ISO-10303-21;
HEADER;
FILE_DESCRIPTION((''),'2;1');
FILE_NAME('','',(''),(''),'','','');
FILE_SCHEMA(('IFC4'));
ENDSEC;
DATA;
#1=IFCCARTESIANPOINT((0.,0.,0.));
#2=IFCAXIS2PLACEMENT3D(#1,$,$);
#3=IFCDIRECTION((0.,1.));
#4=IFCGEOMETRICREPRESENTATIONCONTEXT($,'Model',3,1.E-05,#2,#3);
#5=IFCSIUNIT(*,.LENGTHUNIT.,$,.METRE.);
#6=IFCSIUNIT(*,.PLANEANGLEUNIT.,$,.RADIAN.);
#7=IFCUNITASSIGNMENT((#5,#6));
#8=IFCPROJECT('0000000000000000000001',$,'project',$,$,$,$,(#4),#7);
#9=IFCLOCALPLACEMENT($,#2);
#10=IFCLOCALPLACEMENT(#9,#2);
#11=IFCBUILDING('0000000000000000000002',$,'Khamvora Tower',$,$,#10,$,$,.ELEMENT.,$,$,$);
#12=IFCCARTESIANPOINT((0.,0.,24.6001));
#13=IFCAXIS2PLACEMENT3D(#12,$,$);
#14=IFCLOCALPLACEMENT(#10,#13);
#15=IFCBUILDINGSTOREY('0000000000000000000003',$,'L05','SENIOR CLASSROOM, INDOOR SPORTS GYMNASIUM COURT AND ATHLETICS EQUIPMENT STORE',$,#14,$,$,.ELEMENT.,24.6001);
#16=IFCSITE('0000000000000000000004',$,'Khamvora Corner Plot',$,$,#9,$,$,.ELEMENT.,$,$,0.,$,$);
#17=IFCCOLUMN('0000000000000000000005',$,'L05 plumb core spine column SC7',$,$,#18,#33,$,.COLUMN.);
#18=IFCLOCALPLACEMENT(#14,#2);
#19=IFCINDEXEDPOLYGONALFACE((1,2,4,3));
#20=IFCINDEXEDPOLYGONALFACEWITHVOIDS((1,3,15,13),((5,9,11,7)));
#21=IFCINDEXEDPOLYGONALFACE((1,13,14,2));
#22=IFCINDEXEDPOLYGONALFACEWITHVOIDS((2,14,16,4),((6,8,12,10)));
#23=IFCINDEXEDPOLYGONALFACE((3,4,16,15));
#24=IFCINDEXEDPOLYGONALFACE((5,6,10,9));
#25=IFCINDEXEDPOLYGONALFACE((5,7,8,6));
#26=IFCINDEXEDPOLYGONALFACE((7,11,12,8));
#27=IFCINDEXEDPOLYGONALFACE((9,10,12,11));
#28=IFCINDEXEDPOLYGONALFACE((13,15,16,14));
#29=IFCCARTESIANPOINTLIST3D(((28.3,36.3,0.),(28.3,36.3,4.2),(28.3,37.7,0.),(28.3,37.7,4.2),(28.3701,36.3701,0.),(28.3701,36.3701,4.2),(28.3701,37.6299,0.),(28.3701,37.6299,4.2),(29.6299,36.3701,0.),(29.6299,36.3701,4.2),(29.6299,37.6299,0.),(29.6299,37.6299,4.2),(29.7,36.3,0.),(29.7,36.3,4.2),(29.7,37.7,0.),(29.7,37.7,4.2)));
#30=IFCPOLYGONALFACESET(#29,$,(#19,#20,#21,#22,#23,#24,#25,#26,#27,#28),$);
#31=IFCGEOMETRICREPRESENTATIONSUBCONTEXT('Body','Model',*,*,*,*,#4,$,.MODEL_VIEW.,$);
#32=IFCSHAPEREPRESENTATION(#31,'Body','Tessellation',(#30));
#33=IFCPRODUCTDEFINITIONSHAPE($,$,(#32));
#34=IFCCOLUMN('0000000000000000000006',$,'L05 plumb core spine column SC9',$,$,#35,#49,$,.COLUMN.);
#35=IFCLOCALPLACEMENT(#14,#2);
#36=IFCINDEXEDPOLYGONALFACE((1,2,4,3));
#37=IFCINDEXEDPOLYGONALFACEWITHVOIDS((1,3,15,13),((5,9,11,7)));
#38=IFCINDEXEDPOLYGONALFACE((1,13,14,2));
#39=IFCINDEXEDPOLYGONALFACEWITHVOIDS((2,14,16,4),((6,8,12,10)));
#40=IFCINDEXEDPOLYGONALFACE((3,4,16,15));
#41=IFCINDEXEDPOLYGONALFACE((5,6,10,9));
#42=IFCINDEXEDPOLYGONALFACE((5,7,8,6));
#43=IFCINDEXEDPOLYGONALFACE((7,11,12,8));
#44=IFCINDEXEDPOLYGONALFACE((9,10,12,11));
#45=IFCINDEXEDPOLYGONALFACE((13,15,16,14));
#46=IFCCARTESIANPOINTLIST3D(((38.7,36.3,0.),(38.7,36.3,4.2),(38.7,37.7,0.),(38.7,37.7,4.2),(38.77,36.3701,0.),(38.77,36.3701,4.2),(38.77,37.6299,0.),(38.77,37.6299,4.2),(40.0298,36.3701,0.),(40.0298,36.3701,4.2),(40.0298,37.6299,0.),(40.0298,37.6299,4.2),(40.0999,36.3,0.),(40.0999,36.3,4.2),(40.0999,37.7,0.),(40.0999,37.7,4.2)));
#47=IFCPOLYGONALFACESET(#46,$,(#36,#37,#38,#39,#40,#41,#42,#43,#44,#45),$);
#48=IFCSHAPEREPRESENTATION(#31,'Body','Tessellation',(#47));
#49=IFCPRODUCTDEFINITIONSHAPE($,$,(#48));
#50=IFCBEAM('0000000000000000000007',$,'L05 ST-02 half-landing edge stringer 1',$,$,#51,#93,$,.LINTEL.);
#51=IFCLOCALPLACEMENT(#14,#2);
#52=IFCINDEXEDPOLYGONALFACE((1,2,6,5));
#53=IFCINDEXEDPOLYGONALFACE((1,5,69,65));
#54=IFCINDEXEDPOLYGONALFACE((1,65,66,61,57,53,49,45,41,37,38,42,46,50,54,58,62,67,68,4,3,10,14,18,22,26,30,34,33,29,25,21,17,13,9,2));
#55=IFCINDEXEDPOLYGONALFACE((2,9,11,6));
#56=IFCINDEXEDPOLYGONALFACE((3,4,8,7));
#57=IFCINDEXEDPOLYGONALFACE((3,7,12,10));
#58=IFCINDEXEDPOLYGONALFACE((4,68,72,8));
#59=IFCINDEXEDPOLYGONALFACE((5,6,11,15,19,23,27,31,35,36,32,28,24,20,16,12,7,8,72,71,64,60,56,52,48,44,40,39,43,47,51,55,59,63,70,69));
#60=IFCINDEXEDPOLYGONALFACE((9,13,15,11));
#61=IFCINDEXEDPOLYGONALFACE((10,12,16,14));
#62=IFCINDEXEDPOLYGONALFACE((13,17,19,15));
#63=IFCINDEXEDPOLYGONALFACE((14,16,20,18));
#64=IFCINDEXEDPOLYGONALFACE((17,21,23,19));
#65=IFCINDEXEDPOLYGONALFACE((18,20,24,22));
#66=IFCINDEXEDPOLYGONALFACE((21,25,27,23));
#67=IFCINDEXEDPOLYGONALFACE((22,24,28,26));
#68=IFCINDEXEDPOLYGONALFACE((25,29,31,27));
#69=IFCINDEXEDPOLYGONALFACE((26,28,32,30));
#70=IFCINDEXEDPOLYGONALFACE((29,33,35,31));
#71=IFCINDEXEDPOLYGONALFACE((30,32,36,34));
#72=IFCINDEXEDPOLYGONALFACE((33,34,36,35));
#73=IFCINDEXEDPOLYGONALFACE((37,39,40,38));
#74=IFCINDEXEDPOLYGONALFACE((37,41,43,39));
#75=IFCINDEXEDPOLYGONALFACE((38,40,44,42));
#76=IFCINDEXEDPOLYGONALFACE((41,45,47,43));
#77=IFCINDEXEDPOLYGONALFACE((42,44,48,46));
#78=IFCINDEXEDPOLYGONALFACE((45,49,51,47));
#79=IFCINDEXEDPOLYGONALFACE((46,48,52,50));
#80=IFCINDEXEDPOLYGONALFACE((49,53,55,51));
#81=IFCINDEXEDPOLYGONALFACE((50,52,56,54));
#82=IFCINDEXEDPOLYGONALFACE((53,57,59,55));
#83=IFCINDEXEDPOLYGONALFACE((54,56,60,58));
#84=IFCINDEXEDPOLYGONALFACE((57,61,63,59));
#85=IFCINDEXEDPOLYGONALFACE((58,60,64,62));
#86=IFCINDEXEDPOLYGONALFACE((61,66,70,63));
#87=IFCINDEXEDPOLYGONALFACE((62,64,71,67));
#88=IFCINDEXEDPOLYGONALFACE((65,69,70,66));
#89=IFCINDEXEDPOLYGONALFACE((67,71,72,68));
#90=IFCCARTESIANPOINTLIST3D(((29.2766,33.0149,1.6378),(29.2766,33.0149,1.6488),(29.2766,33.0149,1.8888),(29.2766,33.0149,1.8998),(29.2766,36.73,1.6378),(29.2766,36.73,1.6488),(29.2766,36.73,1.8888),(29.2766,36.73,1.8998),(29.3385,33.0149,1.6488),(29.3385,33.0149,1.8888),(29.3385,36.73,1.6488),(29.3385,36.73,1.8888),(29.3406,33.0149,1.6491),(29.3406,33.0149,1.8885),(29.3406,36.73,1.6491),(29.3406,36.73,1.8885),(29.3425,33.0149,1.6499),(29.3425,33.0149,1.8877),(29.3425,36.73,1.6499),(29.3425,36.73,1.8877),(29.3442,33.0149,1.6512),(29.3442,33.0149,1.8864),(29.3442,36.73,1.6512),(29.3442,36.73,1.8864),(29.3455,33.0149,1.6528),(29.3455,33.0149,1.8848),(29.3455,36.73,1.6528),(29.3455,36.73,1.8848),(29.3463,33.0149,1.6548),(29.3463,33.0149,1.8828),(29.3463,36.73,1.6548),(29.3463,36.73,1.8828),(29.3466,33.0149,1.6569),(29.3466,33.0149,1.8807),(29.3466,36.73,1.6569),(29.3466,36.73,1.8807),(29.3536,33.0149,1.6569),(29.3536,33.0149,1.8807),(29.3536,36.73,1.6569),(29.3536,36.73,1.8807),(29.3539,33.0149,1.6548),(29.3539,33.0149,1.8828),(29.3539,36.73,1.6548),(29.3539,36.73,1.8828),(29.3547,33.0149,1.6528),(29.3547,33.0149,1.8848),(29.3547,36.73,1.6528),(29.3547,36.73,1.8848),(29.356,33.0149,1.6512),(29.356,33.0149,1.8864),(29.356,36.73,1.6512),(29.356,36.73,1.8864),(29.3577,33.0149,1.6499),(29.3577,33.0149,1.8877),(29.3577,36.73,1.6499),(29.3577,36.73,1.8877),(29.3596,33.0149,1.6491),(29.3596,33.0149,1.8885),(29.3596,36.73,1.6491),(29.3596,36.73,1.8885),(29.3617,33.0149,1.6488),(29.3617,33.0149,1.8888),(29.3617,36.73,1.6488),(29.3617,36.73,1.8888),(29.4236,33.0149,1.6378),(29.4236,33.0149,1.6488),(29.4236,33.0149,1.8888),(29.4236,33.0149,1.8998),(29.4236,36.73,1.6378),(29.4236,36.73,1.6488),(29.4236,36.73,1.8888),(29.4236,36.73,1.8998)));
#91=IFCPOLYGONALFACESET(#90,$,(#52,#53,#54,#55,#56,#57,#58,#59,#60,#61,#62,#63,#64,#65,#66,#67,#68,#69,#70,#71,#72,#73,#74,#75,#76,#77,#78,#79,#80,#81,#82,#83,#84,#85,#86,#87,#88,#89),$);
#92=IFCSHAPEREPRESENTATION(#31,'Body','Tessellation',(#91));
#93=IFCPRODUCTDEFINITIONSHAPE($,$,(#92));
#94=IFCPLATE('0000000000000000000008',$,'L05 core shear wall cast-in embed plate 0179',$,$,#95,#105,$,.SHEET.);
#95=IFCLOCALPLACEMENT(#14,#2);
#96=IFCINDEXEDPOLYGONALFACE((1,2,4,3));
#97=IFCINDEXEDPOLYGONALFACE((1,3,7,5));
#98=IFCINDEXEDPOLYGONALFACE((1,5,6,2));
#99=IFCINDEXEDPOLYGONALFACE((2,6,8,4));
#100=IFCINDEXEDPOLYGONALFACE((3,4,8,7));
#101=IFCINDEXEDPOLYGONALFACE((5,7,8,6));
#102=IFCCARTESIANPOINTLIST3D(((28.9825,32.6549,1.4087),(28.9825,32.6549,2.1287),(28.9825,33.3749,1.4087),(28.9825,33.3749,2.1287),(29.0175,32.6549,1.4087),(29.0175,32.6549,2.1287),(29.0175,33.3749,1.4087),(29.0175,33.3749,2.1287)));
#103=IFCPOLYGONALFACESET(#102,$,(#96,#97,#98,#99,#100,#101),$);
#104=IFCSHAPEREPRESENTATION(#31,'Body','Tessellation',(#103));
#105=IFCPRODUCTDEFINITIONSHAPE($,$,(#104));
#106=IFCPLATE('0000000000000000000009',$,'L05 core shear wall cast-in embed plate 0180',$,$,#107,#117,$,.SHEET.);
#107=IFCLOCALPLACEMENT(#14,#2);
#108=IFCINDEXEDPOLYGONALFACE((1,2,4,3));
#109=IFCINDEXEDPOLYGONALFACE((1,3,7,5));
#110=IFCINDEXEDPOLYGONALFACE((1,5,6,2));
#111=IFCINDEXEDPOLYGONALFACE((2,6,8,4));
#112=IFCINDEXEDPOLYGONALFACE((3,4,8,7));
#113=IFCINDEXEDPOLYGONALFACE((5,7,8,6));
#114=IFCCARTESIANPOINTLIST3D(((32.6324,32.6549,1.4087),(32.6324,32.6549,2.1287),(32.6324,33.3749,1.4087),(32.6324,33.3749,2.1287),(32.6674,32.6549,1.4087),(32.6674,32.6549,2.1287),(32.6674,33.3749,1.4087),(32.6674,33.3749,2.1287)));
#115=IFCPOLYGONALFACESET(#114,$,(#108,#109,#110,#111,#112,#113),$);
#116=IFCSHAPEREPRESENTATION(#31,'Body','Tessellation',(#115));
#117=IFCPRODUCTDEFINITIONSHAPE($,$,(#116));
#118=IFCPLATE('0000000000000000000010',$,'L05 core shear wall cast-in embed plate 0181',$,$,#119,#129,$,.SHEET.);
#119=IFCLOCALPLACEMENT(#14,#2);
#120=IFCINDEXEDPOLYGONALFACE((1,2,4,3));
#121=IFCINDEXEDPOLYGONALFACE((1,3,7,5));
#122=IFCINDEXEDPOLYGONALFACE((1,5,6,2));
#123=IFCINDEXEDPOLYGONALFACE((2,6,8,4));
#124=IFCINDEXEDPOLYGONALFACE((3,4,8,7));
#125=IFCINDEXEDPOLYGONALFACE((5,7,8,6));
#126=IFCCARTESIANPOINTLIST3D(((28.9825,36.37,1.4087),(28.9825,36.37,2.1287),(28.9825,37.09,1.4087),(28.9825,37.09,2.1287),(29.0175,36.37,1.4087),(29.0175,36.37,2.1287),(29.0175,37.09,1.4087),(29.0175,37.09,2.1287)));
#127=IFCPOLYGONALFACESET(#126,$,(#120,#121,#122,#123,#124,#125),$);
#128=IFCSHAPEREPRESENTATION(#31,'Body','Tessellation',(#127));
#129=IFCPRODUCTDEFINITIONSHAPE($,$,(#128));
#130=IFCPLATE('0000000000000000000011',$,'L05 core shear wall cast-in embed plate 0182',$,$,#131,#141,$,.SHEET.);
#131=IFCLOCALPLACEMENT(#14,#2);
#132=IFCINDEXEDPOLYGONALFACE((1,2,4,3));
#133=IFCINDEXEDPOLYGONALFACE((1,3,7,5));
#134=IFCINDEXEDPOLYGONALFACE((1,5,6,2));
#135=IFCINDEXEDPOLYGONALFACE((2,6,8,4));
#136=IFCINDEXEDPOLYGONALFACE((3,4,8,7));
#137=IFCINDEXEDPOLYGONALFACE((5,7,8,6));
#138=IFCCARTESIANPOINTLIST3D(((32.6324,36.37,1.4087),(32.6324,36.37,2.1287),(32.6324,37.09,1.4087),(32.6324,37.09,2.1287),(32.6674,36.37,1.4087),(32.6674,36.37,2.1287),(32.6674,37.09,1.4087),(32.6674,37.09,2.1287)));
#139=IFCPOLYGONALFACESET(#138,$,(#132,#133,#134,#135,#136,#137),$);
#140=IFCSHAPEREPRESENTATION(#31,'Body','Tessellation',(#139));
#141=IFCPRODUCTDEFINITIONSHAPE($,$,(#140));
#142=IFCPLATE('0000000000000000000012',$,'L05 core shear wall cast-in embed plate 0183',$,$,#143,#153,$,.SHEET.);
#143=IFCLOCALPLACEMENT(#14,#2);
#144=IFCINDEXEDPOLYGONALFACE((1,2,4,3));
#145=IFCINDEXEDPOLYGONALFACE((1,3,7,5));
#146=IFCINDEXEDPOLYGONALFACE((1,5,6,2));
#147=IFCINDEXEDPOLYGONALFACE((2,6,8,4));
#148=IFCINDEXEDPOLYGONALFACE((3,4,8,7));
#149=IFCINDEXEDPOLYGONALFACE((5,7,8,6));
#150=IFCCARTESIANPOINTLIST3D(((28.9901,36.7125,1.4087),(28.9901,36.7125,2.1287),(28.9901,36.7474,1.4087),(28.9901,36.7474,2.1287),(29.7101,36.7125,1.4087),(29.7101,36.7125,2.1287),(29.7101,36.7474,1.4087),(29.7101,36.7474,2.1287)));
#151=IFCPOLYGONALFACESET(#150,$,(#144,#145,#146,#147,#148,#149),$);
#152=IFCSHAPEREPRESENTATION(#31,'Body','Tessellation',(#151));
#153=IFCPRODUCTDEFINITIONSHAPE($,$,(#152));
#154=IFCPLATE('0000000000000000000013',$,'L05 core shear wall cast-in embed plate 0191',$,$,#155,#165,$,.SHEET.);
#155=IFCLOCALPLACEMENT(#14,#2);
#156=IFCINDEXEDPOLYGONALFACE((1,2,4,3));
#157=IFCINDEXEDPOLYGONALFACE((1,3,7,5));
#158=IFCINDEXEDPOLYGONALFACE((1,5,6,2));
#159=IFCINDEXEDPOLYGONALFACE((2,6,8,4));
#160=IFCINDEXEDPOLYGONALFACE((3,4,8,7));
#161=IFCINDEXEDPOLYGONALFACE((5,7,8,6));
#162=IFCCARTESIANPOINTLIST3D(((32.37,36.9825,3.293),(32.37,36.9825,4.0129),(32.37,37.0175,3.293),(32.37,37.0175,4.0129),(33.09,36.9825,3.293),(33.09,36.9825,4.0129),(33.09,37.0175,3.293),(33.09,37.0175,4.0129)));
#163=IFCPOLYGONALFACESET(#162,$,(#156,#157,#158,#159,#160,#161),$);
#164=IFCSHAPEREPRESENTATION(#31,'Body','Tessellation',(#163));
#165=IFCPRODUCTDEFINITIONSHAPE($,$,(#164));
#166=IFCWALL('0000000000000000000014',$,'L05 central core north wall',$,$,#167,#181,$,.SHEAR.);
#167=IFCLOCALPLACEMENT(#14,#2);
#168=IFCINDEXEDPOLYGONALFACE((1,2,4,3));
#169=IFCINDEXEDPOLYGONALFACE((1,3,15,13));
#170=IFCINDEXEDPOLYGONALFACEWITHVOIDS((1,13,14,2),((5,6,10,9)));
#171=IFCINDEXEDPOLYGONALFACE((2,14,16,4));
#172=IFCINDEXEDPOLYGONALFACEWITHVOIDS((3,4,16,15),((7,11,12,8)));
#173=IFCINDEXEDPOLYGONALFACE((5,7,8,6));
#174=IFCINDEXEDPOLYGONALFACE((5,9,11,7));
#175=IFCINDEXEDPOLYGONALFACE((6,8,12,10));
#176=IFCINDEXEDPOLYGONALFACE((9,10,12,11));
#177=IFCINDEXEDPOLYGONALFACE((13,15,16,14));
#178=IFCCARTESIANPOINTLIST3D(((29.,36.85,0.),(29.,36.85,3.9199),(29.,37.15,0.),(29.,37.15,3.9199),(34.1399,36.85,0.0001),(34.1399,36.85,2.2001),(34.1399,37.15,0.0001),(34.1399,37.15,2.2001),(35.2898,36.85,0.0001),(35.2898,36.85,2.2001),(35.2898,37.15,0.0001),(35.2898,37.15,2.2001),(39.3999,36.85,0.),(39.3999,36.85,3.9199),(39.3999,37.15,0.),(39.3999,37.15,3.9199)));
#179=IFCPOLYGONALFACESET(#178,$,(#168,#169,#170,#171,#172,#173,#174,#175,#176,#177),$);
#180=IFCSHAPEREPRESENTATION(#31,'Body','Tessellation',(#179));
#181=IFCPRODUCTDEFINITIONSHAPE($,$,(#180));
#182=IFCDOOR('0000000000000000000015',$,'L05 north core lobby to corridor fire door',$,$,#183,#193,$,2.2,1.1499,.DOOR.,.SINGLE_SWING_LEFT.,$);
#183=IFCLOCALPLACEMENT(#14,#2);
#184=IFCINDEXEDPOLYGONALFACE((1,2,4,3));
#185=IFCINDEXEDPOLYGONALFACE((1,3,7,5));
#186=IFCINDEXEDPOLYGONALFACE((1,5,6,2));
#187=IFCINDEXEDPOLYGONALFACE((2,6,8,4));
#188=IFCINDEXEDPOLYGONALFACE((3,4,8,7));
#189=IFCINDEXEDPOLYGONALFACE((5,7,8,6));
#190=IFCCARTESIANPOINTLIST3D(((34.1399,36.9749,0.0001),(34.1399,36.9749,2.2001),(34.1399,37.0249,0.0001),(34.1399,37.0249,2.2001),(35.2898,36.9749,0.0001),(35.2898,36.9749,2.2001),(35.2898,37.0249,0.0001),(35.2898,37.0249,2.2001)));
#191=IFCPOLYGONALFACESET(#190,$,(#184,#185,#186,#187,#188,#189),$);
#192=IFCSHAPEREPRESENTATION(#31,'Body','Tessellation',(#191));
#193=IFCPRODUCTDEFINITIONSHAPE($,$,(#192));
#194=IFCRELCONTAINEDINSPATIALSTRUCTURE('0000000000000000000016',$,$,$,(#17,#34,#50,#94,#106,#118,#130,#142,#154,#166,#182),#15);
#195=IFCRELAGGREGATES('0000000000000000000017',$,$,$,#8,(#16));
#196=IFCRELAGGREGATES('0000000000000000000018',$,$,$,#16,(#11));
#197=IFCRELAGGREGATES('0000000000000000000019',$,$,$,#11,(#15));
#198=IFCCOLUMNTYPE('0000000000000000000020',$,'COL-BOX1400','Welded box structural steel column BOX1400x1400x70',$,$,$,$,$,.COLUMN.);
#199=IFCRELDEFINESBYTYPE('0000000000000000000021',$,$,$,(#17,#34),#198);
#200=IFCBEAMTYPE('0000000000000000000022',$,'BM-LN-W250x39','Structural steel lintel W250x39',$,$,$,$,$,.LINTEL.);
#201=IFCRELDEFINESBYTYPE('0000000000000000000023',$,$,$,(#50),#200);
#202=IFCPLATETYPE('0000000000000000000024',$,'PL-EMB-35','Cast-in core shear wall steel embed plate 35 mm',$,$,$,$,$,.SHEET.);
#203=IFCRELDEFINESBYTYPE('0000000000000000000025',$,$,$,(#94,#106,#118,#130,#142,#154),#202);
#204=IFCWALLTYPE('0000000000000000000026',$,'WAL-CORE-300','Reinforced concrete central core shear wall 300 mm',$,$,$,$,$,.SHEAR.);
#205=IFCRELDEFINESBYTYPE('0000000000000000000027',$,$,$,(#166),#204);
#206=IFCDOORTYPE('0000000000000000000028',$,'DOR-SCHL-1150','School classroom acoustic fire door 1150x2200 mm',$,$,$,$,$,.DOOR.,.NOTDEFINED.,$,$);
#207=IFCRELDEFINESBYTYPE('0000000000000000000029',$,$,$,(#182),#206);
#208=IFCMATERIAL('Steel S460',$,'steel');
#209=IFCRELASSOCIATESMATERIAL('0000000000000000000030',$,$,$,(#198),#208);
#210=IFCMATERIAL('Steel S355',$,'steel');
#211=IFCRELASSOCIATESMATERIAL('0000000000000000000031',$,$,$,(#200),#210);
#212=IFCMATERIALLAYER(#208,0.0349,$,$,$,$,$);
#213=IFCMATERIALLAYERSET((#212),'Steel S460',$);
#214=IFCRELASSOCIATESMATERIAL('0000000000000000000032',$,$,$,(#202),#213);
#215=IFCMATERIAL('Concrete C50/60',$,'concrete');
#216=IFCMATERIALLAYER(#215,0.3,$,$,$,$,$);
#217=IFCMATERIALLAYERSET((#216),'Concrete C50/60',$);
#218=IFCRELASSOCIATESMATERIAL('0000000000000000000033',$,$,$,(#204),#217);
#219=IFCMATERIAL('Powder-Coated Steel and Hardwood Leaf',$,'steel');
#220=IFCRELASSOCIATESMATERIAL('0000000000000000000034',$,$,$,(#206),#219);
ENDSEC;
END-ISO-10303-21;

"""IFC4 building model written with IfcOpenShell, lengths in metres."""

from ifc_helpers import new_model, si_unit, direction, frame, frame_2d, origin, origin_2d, place, context, subcontext, project, spatial, rectangle, hollow_rectangle, i_section, extrude, material, layer, layer_set, material_profile, profile_set, type_object, element, fill, save


model = new_model("IFC4")

# Units and contexts
model_context = context("Model", 3, precision=1e-05, world=origin(), true_north=direction((0.0, 1.0)))
body_context = subcontext(model_context, "Body", "Model", "MODEL_VIEW")
ifc_project = project(units=[si_unit("LENGTHUNIT", "METRE"), si_unit("PLANEANGLEUNIT", "RADIAN")], contexts=[model_context])

# Site, building, storey
site_placement = place(None, origin())
site = spatial("IfcSite", under=ifc_project, at=site_placement, Name="Khamvora Corner Plot", CompositionType="ELEMENT", RefElevation=0.0)
building_placement = place(site_placement, origin())
building = spatial("IfcBuilding", under=site, at=building_placement, Name="Khamvora Tower", CompositionType="ELEMENT")
storey_placement = place(building_placement, frame((0.0, 0.0, 24.6001)))
storey = spatial("IfcBuildingStorey", under=building, at=storey_placement, Name="L05", Description="SENIOR CLASSROOM, INDOOR SPORTS GYMNASIUM COURT AND ATHLETICS EQUIPMENT STORE", CompositionType="ELEMENT", Elevation=24.6001)

# Columns
ifc_material_1 = material(Name="Steel S460", Category="steel")
ifc_material_profile_1 = material_profile(ifc_material_1, hollow_rectangle(XDim=1.3999, YDim=1.3999, WallThickness=0.0701, at=origin_2d()), Name="BOX1400x1400x70")
ifc_profile_set_1 = profile_set([ifc_material_profile_1], Name="Steel S460")
column_type = type_object("IfcColumnType", Name="COL-BOX1400", Description="Welded box structural steel column BOX1400x1400x70", PredefinedType="COLUMN", material=ifc_profile_set_1)
for number, where, z_axis, x_axis, name in (
    (1, (29.0, 37.0, 0.0), (0.0, 0.0, 1.0), (1.0, 0.0, 0.0), "L05 plumb core spine column SC7"),
    (2, (39.3999, 37.0, 0.0), (0.0, 0.0, 1.0), (1.0, 0.0, 0.0), "L05 plumb core spine column SC9"),
):
    element("IfcColumn", number, at=place(storey_placement, frame(where, z_axis=z_axis, x_axis=x_axis)), inside=storey, type_object=column_type, Name=name, PredefinedType="COLUMN", context=body_context, shape_type="SweptSolid", body=[
        extrude(hollow_rectangle(XDim=1.3999, YDim=1.3999, WallThickness=0.0701, at=origin_2d()), origin(), (0.0, 0.0, 1.0), 4.2),
    ])

# Beam
ifc_material_2 = material(Name="Steel S355", Category="steel")
ifc_material_profile_2 = material_profile(ifc_material_2, i_section(OverallWidth=0.147, OverallDepth=0.262, WebThickness=0.0071, FlangeThickness=0.011, FilletRadius=0.0081, at=origin_2d()), Name="W250x39")
ifc_profile_set_2 = profile_set([ifc_material_profile_2], Name="Steel S355")
beam_type = type_object("IfcBeamType", Name="BM-LN-W250x39", Description="Structural steel lintel W250x39", PredefinedType="LINTEL", material=ifc_profile_set_2)
beam_placement = place(storey_placement, frame((29.3501, 33.0149, 1.7688), z_axis=(0.0, 1.0, 0.0), x_axis=(-1.0, 0.0, 0.0)))
element("IfcBeam", 3, at=beam_placement, inside=storey, type_object=beam_type, Name="L05 ST-02 half-landing edge stringer 1", PredefinedType="LINTEL", context=body_context, shape_type="SweptSolid", body=[
    extrude(i_section(OverallWidth=0.147, OverallDepth=0.262, WebThickness=0.0071, FlangeThickness=0.011, FilletRadius=0.0081, at=origin_2d()), origin(), (0.0, 0.0, 1.0), 3.7151),
])

# Plates
ifc_layer_1 = layer(ifc_material_1, 0.0349)
ifc_layer_set_1 = layer_set([ifc_layer_1], Name="Steel S460")
plate_type = type_object("IfcPlateType", Name="PL-EMB-35", Description="Cast-in core shear wall steel embed plate 35 mm", PredefinedType="SHEET", material=ifc_layer_set_1)
for number, where, z_axis, x_axis, name in (
    (4, (29.0, 33.0149, 1.4087), (0.0, 0.0, 1.0), (1.0, 0.0, 0.0), "L05 core shear wall cast-in embed plate 0179"),
    (5, (32.6499, 33.0149, 1.4087), (0.0, 0.0, 1.0), (1.0, 0.0, 0.0), "L05 core shear wall cast-in embed plate 0180"),
    (6, (29.0, 36.73, 1.4087), (0.0, 0.0, 1.0), (1.0, 0.0, 0.0), "L05 core shear wall cast-in embed plate 0181"),
    (7, (32.6499, 36.73, 1.4087), (0.0, 0.0, 1.0), (1.0, 0.0, 0.0), "L05 core shear wall cast-in embed plate 0182"),
):
    element("IfcPlate", number, at=place(storey_placement, frame(where, z_axis=z_axis, x_axis=x_axis)), inside=storey, type_object=plate_type, Name=name, PredefinedType="SHEET", context=body_context, shape_type="SweptSolid", body=[
        extrude(rectangle(XDim=0.0349, YDim=0.72, at=origin_2d()), origin(), (0.0, 0.0, 1.0), 0.72),
    ])
for number, where, z_axis, x_axis, name in (
    (8, (29.3501, 36.73, 1.4087), (0.0, 0.0, 1.0), (1.0, 0.0, 0.0), "L05 core shear wall cast-in embed plate 0183"),
    (9, (32.73, 37.0, 3.293), (0.0, 0.0, 1.0), (1.0, 0.0, 0.0), "L05 core shear wall cast-in embed plate 0191"),
):
    element("IfcPlate", number, at=place(storey_placement, frame(where, z_axis=z_axis, x_axis=x_axis)), inside=storey, type_object=plate_type, Name=name, PredefinedType="SHEET", context=body_context, shape_type="SweptSolid", body=[
        extrude(rectangle(XDim=0.72, YDim=0.0349, at=origin_2d()), origin(), (0.0, 0.0, 1.0), 0.72),
    ])

# Wall, opening, door
ifc_material_3 = material(Name="Concrete C50/60", Category="concrete")
ifc_layer_2 = layer(ifc_material_3, 0.3)
ifc_layer_set_2 = layer_set([ifc_layer_2], Name="Concrete C50/60")
wall_type_1 = type_object("IfcWallType", Name="WAL-CORE-300", Description="Reinforced concrete central core shear wall 300 mm", PredefinedType="SHEAR", material=ifc_layer_set_2)
wall_1_placement = place(storey_placement, frame((29.0, 37.0, 0.0), z_axis=(0.0, 0.0, 1.0), x_axis=(1.0, 0.0, 0.0)))
wall_1 = element("IfcWall", 10, at=wall_1_placement, inside=storey, type_object=wall_type_1, Name="L05 central core north wall", PredefinedType="SHEAR", context=body_context, shape_type="SweptSolid", body=[
    extrude(rectangle(XDim=10.3999, YDim=0.3, at=frame_2d((5.2, 0.0))), origin(), (0.0, 0.0, 1.0), 3.9199),
])
opening_1_placement = place(wall_1_placement, frame((5.1399, 0.0, 0.0)))
opening_1 = element("IfcOpeningElement", 11, at=opening_1_placement, cuts=wall_1, PredefinedType="OPENING", context=body_context, shape_type="SweptSolid", body=[
    extrude(rectangle(XDim=1.1499, YDim=2.2, at=frame_2d((0.575, 1.1001))), frame((0.0, 0.1599, 0.0), z_axis=(0.0, -1.0, 0.0), x_axis=(1.0, 0.0, 0.0)), (0.0, 0.0, 1.0), 0.3201),
])
ifc_material_4 = material(Name="Powder-Coated Steel and Hardwood Leaf", Category="steel")
door_type_1 = type_object("IfcDoorType", Name="DOR-SCHL-1150", Description="School classroom acoustic fire door 1150x2200 mm", OperationType="NOTDEFINED", PredefinedType="DOOR", material=ifc_material_4)
door_1_placement = place(opening_1_placement, origin())
door_1 = element("IfcDoor", 12, at=door_1_placement, inside=storey, type_object=door_type_1, Name="L05 north core lobby to corridor fire door", OperationType="SINGLE_SWING_LEFT", OverallHeight=2.2, OverallWidth=1.1499, PredefinedType="DOOR", context=body_context, shape_type="SweptSolid", body=[
    extrude(rectangle(XDim=1.1499, YDim=2.2, at=frame_2d((0.575, 1.1001))), frame((0.0, 0.0249, 0.0), z_axis=(0.0, -1.0, 0.0), x_axis=(1.0, 0.0, 0.0)), (0.0, 0.0, 1.0), 0.05),
])
fill(opening_1, door_1)

save(model, "model.ifc")
